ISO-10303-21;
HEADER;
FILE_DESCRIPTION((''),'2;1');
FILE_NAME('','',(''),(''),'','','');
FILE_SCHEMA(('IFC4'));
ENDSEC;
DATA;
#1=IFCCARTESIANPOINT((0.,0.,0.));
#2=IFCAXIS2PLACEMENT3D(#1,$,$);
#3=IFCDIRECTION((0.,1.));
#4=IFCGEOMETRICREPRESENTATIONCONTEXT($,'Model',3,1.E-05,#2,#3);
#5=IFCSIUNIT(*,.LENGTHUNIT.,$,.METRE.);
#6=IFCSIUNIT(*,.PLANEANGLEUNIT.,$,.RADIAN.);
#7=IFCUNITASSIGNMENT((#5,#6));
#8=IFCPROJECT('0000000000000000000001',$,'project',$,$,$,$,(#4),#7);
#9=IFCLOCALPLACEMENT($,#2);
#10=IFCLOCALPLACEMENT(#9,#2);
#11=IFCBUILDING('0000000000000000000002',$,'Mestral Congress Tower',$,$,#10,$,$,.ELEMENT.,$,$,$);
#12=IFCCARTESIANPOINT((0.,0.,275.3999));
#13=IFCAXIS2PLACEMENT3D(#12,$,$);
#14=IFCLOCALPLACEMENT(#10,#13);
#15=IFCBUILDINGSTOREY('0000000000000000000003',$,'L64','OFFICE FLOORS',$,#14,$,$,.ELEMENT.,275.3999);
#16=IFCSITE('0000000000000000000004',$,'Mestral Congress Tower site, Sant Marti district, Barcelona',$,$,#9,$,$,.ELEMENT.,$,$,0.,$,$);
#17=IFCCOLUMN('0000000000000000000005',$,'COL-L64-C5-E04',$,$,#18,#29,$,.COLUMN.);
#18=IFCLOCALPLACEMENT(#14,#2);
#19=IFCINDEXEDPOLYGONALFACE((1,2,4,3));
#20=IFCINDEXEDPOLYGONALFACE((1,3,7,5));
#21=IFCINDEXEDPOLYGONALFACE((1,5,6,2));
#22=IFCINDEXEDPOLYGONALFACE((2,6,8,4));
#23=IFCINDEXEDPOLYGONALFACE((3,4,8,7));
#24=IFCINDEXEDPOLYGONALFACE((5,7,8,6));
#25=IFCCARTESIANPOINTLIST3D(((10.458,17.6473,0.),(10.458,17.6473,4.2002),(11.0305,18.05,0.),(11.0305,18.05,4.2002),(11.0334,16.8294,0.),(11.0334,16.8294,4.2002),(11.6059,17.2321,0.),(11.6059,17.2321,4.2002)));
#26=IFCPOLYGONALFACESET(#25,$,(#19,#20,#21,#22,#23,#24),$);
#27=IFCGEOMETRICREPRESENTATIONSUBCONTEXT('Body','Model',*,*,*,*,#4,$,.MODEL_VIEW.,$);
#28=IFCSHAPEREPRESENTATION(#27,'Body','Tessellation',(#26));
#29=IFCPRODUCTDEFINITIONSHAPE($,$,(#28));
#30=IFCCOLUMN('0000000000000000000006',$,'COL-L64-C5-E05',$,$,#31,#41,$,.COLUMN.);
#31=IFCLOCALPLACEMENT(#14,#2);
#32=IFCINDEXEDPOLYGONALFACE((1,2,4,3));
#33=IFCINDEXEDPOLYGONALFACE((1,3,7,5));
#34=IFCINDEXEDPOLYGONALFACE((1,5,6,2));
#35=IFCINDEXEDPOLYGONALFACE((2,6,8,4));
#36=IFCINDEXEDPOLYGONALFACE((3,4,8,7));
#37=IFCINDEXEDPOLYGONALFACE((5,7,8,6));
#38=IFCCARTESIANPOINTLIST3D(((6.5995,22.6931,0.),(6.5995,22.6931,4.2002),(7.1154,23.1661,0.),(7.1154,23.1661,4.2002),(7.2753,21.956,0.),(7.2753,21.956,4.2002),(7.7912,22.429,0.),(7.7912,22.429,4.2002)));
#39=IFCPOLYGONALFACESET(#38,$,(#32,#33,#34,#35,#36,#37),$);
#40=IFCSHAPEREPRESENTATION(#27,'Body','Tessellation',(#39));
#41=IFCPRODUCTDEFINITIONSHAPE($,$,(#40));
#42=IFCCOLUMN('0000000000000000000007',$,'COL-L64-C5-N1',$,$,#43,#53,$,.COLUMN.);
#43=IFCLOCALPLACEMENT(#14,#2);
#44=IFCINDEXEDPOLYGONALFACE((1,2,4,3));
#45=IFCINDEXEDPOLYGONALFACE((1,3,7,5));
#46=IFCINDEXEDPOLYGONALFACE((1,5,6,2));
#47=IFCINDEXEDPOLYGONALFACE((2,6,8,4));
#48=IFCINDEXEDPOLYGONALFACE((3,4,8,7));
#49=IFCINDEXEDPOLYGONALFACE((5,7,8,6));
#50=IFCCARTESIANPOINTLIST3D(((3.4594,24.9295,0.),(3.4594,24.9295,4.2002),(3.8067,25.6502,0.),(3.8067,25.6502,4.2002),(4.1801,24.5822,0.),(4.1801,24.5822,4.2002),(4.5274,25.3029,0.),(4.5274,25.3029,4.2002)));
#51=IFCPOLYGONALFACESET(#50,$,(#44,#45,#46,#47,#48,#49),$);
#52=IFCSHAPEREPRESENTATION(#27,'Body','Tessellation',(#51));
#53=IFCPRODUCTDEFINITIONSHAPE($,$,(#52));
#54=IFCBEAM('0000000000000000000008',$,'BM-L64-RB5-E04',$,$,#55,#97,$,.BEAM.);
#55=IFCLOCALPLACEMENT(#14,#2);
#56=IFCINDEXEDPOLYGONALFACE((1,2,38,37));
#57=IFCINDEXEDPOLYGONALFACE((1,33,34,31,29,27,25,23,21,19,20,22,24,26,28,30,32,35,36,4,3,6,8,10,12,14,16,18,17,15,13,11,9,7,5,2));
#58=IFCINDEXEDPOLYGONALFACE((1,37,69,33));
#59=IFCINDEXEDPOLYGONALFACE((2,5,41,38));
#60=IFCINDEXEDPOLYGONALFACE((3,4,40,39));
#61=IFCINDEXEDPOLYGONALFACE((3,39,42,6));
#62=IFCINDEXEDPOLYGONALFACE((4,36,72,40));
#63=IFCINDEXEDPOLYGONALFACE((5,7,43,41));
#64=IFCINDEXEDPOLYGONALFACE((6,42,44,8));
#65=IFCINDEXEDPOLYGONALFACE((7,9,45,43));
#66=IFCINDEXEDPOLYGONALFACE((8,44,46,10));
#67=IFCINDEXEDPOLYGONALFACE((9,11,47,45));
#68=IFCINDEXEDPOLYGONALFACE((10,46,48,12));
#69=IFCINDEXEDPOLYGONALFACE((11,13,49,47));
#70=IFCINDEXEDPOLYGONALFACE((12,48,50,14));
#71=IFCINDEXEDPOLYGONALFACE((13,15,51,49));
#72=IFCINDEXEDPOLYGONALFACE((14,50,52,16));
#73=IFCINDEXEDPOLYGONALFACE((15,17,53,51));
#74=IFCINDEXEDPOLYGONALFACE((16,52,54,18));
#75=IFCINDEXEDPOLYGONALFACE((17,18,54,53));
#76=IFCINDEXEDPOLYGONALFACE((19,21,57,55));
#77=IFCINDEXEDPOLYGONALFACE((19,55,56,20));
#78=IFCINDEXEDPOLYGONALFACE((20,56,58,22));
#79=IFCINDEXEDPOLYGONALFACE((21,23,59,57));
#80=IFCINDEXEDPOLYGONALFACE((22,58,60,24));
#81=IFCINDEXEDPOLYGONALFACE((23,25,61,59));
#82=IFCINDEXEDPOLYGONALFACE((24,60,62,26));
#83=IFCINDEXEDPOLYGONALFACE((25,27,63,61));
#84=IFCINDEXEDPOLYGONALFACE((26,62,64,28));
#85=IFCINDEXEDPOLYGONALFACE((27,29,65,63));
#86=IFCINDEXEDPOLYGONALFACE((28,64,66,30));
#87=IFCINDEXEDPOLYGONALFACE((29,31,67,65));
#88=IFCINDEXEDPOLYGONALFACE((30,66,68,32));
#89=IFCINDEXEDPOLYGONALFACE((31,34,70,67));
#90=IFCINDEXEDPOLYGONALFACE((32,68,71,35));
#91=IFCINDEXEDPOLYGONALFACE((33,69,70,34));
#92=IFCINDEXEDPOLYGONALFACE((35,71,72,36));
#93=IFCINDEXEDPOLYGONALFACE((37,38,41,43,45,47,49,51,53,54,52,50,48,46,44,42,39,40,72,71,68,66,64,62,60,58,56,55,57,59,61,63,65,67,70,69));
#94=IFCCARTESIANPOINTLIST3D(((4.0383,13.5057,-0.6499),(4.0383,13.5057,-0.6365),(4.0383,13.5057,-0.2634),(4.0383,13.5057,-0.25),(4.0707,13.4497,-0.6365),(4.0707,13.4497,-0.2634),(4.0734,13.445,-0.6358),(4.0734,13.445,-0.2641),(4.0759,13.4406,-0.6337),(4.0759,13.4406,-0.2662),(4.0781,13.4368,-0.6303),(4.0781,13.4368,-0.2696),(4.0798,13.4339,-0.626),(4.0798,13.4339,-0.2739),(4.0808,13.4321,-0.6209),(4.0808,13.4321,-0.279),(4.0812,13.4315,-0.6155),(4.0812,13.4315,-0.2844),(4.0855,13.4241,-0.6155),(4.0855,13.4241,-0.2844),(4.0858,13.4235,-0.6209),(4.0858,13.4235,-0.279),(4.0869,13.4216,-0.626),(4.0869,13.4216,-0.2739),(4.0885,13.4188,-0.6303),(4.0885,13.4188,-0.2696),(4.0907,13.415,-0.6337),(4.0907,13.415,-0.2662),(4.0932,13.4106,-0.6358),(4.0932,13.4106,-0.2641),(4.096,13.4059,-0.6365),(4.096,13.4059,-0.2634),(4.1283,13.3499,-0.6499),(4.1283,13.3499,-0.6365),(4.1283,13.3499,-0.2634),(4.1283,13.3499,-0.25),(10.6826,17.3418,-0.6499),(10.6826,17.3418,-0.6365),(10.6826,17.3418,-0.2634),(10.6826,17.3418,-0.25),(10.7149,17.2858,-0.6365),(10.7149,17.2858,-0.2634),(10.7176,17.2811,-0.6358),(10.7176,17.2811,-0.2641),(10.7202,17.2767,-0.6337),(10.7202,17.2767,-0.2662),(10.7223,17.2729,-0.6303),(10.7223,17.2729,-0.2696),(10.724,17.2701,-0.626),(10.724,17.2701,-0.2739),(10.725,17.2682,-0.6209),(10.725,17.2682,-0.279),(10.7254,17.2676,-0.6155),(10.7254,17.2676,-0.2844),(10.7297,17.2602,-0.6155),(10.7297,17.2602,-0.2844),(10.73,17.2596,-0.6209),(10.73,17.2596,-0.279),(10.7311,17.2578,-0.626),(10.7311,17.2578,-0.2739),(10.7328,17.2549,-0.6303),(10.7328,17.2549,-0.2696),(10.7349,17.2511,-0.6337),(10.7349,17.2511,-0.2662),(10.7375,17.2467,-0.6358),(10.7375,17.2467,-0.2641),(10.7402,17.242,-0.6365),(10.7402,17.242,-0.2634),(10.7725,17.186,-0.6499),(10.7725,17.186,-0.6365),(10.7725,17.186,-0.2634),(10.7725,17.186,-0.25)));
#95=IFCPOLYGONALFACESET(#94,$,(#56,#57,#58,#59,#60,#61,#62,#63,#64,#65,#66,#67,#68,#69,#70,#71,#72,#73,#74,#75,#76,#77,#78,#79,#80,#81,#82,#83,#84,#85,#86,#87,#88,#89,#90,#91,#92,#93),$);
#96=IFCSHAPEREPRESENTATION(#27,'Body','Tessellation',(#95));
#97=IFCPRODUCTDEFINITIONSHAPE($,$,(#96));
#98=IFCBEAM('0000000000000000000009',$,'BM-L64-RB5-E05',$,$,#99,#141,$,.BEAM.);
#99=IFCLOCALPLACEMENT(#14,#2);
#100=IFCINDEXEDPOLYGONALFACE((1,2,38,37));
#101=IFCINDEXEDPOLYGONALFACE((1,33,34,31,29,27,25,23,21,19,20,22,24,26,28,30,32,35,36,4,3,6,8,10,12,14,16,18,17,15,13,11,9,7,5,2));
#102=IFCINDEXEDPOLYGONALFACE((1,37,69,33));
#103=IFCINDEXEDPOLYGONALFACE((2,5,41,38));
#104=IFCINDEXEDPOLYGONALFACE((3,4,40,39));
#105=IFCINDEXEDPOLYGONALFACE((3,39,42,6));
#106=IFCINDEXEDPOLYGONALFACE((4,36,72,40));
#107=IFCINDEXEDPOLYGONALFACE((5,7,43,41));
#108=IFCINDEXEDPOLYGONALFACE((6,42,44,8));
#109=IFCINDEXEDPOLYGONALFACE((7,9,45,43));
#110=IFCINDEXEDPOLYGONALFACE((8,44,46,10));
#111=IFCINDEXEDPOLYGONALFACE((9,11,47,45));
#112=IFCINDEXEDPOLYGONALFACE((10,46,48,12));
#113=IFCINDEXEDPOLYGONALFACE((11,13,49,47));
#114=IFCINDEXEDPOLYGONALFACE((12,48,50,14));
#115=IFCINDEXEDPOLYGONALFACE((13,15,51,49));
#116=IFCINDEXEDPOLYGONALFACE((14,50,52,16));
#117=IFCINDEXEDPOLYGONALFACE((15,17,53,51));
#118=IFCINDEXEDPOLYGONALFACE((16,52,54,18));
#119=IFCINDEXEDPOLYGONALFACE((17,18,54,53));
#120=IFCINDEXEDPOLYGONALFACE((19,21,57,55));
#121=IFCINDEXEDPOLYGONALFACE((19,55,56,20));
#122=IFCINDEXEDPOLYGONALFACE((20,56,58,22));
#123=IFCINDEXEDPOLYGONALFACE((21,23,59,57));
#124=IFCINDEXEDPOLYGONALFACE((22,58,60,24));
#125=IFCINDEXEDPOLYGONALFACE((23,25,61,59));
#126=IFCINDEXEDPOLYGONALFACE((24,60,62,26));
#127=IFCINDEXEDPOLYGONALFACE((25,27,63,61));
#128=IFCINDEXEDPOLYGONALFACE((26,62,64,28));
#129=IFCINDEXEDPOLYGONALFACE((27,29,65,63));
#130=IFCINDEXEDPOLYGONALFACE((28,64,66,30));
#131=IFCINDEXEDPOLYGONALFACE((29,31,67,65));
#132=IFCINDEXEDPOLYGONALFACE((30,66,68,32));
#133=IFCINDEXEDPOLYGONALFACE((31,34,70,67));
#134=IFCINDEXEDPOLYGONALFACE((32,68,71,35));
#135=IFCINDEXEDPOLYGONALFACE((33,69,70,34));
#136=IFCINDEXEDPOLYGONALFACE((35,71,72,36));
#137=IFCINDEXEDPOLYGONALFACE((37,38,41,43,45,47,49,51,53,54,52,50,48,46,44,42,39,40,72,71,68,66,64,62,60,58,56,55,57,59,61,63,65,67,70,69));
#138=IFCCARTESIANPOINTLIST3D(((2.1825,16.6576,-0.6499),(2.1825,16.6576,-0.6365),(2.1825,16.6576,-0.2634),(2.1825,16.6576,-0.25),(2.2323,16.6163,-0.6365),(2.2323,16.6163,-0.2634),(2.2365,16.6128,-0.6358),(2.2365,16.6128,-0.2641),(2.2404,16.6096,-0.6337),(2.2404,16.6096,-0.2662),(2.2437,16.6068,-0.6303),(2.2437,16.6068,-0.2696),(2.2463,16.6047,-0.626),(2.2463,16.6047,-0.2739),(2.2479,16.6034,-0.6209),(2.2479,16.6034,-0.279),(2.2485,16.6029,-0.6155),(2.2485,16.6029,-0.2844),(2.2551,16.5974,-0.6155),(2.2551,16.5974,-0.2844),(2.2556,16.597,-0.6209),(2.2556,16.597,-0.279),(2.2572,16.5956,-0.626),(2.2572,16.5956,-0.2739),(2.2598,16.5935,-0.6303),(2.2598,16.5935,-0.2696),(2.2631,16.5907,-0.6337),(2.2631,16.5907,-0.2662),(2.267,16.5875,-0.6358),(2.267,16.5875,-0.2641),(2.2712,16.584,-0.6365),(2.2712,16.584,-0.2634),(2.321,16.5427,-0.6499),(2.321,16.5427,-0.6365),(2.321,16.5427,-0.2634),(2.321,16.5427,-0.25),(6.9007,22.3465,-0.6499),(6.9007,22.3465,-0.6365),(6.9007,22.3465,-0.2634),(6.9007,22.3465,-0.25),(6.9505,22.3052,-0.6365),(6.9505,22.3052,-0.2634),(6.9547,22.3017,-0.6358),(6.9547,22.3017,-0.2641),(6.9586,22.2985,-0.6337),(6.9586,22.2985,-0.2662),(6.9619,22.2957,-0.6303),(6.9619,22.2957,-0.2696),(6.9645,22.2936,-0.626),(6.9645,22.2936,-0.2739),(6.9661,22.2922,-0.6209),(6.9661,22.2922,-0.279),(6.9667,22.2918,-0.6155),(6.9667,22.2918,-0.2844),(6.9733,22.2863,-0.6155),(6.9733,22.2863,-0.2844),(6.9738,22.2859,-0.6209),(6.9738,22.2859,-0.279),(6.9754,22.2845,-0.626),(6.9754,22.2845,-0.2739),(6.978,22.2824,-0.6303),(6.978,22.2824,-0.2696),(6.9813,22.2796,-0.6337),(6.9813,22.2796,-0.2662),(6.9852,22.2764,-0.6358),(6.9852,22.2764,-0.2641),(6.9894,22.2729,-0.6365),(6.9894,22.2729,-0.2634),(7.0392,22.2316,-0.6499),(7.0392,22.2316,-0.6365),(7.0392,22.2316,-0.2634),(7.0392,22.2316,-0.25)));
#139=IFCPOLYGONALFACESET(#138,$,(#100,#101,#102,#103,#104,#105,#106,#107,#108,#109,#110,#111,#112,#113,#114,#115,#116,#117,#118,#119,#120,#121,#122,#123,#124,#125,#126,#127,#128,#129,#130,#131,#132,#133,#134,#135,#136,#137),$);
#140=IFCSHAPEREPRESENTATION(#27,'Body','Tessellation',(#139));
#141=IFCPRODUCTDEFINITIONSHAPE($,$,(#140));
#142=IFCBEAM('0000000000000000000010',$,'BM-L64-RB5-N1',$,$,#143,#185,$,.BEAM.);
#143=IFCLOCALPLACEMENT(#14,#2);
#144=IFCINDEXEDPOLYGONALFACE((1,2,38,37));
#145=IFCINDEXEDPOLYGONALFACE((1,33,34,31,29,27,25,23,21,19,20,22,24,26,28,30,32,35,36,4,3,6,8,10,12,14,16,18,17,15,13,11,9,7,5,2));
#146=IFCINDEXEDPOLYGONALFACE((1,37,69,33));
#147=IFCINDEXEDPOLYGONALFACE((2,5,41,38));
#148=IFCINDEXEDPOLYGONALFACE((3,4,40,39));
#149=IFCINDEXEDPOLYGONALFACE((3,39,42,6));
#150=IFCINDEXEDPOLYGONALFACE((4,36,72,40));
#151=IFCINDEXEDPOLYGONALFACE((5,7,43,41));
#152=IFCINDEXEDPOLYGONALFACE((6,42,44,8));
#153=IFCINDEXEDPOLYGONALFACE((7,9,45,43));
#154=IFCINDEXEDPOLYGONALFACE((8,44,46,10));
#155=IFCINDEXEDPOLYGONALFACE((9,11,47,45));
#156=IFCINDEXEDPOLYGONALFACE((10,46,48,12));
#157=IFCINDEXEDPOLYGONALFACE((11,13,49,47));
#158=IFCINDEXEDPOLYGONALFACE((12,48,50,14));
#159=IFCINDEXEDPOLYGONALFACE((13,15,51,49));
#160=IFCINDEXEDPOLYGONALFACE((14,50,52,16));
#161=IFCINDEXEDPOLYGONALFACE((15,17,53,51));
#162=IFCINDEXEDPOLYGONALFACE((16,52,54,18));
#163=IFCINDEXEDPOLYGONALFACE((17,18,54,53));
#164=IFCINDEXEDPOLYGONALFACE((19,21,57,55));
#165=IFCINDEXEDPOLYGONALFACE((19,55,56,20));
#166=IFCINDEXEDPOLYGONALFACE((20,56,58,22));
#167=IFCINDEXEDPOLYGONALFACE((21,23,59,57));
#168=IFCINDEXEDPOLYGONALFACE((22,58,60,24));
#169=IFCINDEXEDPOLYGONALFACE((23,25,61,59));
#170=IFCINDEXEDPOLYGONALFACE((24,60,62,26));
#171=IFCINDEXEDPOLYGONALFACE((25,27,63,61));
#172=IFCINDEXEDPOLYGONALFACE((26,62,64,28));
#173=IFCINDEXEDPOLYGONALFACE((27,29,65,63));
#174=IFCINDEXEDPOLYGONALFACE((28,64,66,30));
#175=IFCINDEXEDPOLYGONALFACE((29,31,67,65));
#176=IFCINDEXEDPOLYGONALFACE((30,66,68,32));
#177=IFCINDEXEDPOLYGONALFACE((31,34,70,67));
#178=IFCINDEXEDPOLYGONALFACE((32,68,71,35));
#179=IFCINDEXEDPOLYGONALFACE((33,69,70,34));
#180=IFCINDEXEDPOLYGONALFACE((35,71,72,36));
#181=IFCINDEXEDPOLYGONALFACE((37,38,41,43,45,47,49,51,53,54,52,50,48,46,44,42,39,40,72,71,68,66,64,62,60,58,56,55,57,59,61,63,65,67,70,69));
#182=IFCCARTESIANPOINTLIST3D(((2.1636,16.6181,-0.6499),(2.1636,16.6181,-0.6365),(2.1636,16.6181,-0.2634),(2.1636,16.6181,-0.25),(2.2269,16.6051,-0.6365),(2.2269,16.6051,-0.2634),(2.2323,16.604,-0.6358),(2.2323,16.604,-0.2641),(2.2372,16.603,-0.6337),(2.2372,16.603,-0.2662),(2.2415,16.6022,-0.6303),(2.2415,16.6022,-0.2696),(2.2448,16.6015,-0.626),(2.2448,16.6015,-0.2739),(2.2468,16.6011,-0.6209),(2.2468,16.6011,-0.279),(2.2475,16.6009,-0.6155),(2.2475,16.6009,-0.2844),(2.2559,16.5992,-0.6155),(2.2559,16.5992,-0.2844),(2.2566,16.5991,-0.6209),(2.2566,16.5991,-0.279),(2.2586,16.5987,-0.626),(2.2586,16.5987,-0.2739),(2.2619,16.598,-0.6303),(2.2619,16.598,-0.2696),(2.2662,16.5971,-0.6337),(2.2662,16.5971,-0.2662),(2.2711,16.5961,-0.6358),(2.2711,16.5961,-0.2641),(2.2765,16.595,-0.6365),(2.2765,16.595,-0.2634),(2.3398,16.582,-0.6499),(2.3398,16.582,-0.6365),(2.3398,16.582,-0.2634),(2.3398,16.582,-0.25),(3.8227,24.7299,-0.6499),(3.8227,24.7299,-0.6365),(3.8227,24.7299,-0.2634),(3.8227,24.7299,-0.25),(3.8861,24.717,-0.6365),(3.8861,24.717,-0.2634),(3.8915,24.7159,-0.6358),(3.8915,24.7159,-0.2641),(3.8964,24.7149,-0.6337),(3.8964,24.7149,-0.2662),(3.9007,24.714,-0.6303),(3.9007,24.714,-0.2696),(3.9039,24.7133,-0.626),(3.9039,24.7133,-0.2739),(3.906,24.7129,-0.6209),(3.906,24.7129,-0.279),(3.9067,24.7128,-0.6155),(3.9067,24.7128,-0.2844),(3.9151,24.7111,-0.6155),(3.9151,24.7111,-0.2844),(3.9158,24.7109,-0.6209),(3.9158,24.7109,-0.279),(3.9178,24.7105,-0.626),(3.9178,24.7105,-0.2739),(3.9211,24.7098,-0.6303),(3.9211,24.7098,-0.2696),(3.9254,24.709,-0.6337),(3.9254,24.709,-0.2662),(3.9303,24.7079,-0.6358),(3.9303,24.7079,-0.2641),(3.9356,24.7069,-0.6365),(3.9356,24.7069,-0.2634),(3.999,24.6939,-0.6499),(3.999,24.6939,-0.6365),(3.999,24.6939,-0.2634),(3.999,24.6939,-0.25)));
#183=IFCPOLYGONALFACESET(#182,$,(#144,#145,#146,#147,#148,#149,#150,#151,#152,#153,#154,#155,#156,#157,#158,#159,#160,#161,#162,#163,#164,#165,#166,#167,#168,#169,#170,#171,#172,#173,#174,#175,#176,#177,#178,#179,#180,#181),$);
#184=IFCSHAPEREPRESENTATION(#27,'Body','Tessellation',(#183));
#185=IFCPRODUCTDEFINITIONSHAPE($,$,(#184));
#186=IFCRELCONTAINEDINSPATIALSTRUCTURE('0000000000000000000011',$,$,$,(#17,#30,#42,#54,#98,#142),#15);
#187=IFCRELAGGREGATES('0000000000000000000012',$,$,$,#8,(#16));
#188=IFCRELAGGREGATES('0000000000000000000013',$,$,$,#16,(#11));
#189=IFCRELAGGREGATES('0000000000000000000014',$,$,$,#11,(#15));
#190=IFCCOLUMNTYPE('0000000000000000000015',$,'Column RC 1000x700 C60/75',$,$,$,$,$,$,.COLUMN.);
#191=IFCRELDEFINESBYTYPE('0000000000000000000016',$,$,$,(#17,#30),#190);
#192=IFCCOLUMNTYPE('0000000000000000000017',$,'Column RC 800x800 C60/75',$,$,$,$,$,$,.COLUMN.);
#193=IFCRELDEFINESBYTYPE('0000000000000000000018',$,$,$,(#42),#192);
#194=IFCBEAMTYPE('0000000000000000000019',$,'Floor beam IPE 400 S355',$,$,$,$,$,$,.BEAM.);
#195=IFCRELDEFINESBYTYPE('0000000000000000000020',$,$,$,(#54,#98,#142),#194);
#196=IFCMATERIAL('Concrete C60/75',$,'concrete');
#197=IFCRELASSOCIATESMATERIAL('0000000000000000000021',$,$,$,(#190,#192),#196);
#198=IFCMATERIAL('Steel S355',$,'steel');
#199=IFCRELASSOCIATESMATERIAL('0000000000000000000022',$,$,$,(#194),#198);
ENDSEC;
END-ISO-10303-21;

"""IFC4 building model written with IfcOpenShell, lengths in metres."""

from ifc_helpers import new_model, si_unit, direction, frame, origin, origin_2d, place, context, subcontext, project, spatial, rectangle, i_section, extrude, material, material_profile, profile_set, type_object, element, save


model = new_model("IFC4")

# Units and contexts
model_context = context("Model", 3, precision=1e-05, world=origin(), true_north=direction((0.0, 1.0)))
body_context = subcontext(model_context, "Body", "Model", "MODEL_VIEW")
ifc_project = project(units=[si_unit("LENGTHUNIT", "METRE"), si_unit("PLANEANGLEUNIT", "RADIAN")], contexts=[model_context])

# Site, building, storey
site_placement = place(None, origin())
site = spatial("IfcSite", under=ifc_project, at=site_placement, Name="Mestral Congress Tower site, Sant Marti district, Barcelona", CompositionType="ELEMENT", RefElevation=0.0)
building_placement = place(site_placement, origin())
building = spatial("IfcBuilding", under=site, at=building_placement, Name="Mestral Congress Tower", CompositionType="ELEMENT")
storey_placement = place(building_placement, frame((0.0, 0.0, 275.3999)))
storey = spatial("IfcBuildingStorey", under=building, at=storey_placement, Name="L64", Description="OFFICE FLOORS", CompositionType="ELEMENT", Elevation=275.3999)

# Columns
ifc_material_1 = material(Name="Concrete C60/75", Category="concrete")
ifc_material_profile_1 = material_profile(ifc_material_1, rectangle(XDim=1.0, YDim=0.7, at=origin_2d()), Name="RC 1000x700")
ifc_profile_set_1 = profile_set([ifc_material_profile_1], Name="Concrete C60/75")
column_type_1 = type_object("IfcColumnType", Name="Column RC 1000x700 C60/75", PredefinedType="COLUMN", material=ifc_profile_set_1)
for number, where, z_axis, x_axis, name in (
    (1, (11.032, 17.4397, 0.0), (0.0, 0.0, 1.0), (-0.575402, 0.817871, 0.0), "COL-L64-C5-E04"),
    (2, (7.1953, 22.561, 0.0), (0.0, 0.0, 1.0), (-0.675803, 0.737083, 0.0), "COL-L64-C5-E05"),
):
    element("IfcColumn", number, at=place(storey_placement, frame(where, z_axis=z_axis, x_axis=x_axis)), inside=storey, type_object=column_type_1, Name=name, PredefinedType="COLUMN", context=body_context, shape_type="SweptSolid", body=[
        extrude(rectangle(XDim=1.0, YDim=0.7, at=origin_2d()), origin(), (0.0, 0.0, 1.0), 4.2002),
    ])
ifc_material_profile_2 = material_profile(ifc_material_1, rectangle(XDim=0.8, YDim=0.8, at=origin_2d()), Name="RC 800x800")
ifc_profile_set_2 = profile_set([ifc_material_profile_2], Name="Concrete C60/75")
column_type_2 = type_object("IfcColumnType", Name="Column RC 800x800 C60/75", PredefinedType="COLUMN", material=ifc_profile_set_2)
column_placement = place(storey_placement, frame((3.9934, 25.1162, 0.0), z_axis=(0.0, 0.0, 1.0), x_axis=(-0.900873, 0.434082, 0.0)))
element("IfcColumn", 3, at=column_placement, inside=storey, type_object=column_type_2, Name="COL-L64-C5-N1", PredefinedType="COLUMN", context=body_context, shape_type="SweptSolid", body=[
    extrude(rectangle(XDim=0.8, YDim=0.8, at=origin_2d()), origin(), (0.0, 0.0, 1.0), 4.2002),
])

# Beams
ifc_material_2 = material(Name="Steel S355", Category="steel")
ifc_material_profile_3 = material_profile(ifc_material_2, i_section(OverallWidth=0.1799, OverallDepth=0.3999, WebThickness=0.0085, FlangeThickness=0.0134, FilletRadius=0.021, at=origin_2d()), Name="IPE 400")
ifc_profile_set_3 = profile_set([ifc_material_profile_3], Name="Steel S355")
beam_type_1 = type_object("IfcBeamType", Name="Floor beam IPE 400 S355", PredefinedType="BEAM", material=ifc_profile_set_3)
beam_1_placement = place(storey_placement, frame((10.7275, 17.2639, -0.45), z_axis=(-0.86602, -0.50001, 0.0), x_axis=(0.50001, -0.86602, 0.0)))
element("IfcBeam", 4, at=beam_1_placement, inside=storey, type_object=beam_type_1, Name="BM-L64-RB5-E04", PredefinedType="BEAM", context=body_context, shape_type="SweptSolid", body=[
    extrude(i_section(OverallWidth=0.1799, OverallDepth=0.3999, WebThickness=0.0085, FlangeThickness=0.0134, FilletRadius=0.021, at=origin_2d()), origin(), (0.0, 0.0, 1.0), 7.6721),
])
beam_2_placement = place(storey_placement, frame((6.97, 22.2891, -0.45), z_axis=(-0.638383, -0.769719, 0.0), x_axis=(0.769719, -0.638383, 0.0)))
element("IfcBeam", 5, at=beam_2_placement, inside=storey, type_object=beam_type_1, Name="BM-L64-RB5-E05", PredefinedType="BEAM", context=body_context, shape_type="SweptSolid", body=[
    extrude(i_section(OverallWidth=0.1799, OverallDepth=0.3999, WebThickness=0.0085, FlangeThickness=0.0134, FilletRadius=0.021, at=origin_2d()), origin(), (0.0, 0.0, 1.0), 7.3909),
])
beam_3_placement = place(storey_placement, frame((3.9109, 24.7119, -0.45), z_axis=(-0.20039, -0.979716, 0.0), x_axis=(0.979716, -0.20039, 0.0)))
element("IfcBeam", 6, at=beam_3_placement, inside=storey, type_object=beam_type_1, Name="BM-L64-RB5-N1", PredefinedType="BEAM", context=body_context, shape_type="SweptSolid", body=[
    extrude(i_section(OverallWidth=0.1799, OverallDepth=0.3999, WebThickness=0.0085, FlangeThickness=0.0134, FilletRadius=0.021, at=origin_2d()), origin(), (0.0, 0.0, 1.0), 8.2798),
])

save(model, "model.ifc")
